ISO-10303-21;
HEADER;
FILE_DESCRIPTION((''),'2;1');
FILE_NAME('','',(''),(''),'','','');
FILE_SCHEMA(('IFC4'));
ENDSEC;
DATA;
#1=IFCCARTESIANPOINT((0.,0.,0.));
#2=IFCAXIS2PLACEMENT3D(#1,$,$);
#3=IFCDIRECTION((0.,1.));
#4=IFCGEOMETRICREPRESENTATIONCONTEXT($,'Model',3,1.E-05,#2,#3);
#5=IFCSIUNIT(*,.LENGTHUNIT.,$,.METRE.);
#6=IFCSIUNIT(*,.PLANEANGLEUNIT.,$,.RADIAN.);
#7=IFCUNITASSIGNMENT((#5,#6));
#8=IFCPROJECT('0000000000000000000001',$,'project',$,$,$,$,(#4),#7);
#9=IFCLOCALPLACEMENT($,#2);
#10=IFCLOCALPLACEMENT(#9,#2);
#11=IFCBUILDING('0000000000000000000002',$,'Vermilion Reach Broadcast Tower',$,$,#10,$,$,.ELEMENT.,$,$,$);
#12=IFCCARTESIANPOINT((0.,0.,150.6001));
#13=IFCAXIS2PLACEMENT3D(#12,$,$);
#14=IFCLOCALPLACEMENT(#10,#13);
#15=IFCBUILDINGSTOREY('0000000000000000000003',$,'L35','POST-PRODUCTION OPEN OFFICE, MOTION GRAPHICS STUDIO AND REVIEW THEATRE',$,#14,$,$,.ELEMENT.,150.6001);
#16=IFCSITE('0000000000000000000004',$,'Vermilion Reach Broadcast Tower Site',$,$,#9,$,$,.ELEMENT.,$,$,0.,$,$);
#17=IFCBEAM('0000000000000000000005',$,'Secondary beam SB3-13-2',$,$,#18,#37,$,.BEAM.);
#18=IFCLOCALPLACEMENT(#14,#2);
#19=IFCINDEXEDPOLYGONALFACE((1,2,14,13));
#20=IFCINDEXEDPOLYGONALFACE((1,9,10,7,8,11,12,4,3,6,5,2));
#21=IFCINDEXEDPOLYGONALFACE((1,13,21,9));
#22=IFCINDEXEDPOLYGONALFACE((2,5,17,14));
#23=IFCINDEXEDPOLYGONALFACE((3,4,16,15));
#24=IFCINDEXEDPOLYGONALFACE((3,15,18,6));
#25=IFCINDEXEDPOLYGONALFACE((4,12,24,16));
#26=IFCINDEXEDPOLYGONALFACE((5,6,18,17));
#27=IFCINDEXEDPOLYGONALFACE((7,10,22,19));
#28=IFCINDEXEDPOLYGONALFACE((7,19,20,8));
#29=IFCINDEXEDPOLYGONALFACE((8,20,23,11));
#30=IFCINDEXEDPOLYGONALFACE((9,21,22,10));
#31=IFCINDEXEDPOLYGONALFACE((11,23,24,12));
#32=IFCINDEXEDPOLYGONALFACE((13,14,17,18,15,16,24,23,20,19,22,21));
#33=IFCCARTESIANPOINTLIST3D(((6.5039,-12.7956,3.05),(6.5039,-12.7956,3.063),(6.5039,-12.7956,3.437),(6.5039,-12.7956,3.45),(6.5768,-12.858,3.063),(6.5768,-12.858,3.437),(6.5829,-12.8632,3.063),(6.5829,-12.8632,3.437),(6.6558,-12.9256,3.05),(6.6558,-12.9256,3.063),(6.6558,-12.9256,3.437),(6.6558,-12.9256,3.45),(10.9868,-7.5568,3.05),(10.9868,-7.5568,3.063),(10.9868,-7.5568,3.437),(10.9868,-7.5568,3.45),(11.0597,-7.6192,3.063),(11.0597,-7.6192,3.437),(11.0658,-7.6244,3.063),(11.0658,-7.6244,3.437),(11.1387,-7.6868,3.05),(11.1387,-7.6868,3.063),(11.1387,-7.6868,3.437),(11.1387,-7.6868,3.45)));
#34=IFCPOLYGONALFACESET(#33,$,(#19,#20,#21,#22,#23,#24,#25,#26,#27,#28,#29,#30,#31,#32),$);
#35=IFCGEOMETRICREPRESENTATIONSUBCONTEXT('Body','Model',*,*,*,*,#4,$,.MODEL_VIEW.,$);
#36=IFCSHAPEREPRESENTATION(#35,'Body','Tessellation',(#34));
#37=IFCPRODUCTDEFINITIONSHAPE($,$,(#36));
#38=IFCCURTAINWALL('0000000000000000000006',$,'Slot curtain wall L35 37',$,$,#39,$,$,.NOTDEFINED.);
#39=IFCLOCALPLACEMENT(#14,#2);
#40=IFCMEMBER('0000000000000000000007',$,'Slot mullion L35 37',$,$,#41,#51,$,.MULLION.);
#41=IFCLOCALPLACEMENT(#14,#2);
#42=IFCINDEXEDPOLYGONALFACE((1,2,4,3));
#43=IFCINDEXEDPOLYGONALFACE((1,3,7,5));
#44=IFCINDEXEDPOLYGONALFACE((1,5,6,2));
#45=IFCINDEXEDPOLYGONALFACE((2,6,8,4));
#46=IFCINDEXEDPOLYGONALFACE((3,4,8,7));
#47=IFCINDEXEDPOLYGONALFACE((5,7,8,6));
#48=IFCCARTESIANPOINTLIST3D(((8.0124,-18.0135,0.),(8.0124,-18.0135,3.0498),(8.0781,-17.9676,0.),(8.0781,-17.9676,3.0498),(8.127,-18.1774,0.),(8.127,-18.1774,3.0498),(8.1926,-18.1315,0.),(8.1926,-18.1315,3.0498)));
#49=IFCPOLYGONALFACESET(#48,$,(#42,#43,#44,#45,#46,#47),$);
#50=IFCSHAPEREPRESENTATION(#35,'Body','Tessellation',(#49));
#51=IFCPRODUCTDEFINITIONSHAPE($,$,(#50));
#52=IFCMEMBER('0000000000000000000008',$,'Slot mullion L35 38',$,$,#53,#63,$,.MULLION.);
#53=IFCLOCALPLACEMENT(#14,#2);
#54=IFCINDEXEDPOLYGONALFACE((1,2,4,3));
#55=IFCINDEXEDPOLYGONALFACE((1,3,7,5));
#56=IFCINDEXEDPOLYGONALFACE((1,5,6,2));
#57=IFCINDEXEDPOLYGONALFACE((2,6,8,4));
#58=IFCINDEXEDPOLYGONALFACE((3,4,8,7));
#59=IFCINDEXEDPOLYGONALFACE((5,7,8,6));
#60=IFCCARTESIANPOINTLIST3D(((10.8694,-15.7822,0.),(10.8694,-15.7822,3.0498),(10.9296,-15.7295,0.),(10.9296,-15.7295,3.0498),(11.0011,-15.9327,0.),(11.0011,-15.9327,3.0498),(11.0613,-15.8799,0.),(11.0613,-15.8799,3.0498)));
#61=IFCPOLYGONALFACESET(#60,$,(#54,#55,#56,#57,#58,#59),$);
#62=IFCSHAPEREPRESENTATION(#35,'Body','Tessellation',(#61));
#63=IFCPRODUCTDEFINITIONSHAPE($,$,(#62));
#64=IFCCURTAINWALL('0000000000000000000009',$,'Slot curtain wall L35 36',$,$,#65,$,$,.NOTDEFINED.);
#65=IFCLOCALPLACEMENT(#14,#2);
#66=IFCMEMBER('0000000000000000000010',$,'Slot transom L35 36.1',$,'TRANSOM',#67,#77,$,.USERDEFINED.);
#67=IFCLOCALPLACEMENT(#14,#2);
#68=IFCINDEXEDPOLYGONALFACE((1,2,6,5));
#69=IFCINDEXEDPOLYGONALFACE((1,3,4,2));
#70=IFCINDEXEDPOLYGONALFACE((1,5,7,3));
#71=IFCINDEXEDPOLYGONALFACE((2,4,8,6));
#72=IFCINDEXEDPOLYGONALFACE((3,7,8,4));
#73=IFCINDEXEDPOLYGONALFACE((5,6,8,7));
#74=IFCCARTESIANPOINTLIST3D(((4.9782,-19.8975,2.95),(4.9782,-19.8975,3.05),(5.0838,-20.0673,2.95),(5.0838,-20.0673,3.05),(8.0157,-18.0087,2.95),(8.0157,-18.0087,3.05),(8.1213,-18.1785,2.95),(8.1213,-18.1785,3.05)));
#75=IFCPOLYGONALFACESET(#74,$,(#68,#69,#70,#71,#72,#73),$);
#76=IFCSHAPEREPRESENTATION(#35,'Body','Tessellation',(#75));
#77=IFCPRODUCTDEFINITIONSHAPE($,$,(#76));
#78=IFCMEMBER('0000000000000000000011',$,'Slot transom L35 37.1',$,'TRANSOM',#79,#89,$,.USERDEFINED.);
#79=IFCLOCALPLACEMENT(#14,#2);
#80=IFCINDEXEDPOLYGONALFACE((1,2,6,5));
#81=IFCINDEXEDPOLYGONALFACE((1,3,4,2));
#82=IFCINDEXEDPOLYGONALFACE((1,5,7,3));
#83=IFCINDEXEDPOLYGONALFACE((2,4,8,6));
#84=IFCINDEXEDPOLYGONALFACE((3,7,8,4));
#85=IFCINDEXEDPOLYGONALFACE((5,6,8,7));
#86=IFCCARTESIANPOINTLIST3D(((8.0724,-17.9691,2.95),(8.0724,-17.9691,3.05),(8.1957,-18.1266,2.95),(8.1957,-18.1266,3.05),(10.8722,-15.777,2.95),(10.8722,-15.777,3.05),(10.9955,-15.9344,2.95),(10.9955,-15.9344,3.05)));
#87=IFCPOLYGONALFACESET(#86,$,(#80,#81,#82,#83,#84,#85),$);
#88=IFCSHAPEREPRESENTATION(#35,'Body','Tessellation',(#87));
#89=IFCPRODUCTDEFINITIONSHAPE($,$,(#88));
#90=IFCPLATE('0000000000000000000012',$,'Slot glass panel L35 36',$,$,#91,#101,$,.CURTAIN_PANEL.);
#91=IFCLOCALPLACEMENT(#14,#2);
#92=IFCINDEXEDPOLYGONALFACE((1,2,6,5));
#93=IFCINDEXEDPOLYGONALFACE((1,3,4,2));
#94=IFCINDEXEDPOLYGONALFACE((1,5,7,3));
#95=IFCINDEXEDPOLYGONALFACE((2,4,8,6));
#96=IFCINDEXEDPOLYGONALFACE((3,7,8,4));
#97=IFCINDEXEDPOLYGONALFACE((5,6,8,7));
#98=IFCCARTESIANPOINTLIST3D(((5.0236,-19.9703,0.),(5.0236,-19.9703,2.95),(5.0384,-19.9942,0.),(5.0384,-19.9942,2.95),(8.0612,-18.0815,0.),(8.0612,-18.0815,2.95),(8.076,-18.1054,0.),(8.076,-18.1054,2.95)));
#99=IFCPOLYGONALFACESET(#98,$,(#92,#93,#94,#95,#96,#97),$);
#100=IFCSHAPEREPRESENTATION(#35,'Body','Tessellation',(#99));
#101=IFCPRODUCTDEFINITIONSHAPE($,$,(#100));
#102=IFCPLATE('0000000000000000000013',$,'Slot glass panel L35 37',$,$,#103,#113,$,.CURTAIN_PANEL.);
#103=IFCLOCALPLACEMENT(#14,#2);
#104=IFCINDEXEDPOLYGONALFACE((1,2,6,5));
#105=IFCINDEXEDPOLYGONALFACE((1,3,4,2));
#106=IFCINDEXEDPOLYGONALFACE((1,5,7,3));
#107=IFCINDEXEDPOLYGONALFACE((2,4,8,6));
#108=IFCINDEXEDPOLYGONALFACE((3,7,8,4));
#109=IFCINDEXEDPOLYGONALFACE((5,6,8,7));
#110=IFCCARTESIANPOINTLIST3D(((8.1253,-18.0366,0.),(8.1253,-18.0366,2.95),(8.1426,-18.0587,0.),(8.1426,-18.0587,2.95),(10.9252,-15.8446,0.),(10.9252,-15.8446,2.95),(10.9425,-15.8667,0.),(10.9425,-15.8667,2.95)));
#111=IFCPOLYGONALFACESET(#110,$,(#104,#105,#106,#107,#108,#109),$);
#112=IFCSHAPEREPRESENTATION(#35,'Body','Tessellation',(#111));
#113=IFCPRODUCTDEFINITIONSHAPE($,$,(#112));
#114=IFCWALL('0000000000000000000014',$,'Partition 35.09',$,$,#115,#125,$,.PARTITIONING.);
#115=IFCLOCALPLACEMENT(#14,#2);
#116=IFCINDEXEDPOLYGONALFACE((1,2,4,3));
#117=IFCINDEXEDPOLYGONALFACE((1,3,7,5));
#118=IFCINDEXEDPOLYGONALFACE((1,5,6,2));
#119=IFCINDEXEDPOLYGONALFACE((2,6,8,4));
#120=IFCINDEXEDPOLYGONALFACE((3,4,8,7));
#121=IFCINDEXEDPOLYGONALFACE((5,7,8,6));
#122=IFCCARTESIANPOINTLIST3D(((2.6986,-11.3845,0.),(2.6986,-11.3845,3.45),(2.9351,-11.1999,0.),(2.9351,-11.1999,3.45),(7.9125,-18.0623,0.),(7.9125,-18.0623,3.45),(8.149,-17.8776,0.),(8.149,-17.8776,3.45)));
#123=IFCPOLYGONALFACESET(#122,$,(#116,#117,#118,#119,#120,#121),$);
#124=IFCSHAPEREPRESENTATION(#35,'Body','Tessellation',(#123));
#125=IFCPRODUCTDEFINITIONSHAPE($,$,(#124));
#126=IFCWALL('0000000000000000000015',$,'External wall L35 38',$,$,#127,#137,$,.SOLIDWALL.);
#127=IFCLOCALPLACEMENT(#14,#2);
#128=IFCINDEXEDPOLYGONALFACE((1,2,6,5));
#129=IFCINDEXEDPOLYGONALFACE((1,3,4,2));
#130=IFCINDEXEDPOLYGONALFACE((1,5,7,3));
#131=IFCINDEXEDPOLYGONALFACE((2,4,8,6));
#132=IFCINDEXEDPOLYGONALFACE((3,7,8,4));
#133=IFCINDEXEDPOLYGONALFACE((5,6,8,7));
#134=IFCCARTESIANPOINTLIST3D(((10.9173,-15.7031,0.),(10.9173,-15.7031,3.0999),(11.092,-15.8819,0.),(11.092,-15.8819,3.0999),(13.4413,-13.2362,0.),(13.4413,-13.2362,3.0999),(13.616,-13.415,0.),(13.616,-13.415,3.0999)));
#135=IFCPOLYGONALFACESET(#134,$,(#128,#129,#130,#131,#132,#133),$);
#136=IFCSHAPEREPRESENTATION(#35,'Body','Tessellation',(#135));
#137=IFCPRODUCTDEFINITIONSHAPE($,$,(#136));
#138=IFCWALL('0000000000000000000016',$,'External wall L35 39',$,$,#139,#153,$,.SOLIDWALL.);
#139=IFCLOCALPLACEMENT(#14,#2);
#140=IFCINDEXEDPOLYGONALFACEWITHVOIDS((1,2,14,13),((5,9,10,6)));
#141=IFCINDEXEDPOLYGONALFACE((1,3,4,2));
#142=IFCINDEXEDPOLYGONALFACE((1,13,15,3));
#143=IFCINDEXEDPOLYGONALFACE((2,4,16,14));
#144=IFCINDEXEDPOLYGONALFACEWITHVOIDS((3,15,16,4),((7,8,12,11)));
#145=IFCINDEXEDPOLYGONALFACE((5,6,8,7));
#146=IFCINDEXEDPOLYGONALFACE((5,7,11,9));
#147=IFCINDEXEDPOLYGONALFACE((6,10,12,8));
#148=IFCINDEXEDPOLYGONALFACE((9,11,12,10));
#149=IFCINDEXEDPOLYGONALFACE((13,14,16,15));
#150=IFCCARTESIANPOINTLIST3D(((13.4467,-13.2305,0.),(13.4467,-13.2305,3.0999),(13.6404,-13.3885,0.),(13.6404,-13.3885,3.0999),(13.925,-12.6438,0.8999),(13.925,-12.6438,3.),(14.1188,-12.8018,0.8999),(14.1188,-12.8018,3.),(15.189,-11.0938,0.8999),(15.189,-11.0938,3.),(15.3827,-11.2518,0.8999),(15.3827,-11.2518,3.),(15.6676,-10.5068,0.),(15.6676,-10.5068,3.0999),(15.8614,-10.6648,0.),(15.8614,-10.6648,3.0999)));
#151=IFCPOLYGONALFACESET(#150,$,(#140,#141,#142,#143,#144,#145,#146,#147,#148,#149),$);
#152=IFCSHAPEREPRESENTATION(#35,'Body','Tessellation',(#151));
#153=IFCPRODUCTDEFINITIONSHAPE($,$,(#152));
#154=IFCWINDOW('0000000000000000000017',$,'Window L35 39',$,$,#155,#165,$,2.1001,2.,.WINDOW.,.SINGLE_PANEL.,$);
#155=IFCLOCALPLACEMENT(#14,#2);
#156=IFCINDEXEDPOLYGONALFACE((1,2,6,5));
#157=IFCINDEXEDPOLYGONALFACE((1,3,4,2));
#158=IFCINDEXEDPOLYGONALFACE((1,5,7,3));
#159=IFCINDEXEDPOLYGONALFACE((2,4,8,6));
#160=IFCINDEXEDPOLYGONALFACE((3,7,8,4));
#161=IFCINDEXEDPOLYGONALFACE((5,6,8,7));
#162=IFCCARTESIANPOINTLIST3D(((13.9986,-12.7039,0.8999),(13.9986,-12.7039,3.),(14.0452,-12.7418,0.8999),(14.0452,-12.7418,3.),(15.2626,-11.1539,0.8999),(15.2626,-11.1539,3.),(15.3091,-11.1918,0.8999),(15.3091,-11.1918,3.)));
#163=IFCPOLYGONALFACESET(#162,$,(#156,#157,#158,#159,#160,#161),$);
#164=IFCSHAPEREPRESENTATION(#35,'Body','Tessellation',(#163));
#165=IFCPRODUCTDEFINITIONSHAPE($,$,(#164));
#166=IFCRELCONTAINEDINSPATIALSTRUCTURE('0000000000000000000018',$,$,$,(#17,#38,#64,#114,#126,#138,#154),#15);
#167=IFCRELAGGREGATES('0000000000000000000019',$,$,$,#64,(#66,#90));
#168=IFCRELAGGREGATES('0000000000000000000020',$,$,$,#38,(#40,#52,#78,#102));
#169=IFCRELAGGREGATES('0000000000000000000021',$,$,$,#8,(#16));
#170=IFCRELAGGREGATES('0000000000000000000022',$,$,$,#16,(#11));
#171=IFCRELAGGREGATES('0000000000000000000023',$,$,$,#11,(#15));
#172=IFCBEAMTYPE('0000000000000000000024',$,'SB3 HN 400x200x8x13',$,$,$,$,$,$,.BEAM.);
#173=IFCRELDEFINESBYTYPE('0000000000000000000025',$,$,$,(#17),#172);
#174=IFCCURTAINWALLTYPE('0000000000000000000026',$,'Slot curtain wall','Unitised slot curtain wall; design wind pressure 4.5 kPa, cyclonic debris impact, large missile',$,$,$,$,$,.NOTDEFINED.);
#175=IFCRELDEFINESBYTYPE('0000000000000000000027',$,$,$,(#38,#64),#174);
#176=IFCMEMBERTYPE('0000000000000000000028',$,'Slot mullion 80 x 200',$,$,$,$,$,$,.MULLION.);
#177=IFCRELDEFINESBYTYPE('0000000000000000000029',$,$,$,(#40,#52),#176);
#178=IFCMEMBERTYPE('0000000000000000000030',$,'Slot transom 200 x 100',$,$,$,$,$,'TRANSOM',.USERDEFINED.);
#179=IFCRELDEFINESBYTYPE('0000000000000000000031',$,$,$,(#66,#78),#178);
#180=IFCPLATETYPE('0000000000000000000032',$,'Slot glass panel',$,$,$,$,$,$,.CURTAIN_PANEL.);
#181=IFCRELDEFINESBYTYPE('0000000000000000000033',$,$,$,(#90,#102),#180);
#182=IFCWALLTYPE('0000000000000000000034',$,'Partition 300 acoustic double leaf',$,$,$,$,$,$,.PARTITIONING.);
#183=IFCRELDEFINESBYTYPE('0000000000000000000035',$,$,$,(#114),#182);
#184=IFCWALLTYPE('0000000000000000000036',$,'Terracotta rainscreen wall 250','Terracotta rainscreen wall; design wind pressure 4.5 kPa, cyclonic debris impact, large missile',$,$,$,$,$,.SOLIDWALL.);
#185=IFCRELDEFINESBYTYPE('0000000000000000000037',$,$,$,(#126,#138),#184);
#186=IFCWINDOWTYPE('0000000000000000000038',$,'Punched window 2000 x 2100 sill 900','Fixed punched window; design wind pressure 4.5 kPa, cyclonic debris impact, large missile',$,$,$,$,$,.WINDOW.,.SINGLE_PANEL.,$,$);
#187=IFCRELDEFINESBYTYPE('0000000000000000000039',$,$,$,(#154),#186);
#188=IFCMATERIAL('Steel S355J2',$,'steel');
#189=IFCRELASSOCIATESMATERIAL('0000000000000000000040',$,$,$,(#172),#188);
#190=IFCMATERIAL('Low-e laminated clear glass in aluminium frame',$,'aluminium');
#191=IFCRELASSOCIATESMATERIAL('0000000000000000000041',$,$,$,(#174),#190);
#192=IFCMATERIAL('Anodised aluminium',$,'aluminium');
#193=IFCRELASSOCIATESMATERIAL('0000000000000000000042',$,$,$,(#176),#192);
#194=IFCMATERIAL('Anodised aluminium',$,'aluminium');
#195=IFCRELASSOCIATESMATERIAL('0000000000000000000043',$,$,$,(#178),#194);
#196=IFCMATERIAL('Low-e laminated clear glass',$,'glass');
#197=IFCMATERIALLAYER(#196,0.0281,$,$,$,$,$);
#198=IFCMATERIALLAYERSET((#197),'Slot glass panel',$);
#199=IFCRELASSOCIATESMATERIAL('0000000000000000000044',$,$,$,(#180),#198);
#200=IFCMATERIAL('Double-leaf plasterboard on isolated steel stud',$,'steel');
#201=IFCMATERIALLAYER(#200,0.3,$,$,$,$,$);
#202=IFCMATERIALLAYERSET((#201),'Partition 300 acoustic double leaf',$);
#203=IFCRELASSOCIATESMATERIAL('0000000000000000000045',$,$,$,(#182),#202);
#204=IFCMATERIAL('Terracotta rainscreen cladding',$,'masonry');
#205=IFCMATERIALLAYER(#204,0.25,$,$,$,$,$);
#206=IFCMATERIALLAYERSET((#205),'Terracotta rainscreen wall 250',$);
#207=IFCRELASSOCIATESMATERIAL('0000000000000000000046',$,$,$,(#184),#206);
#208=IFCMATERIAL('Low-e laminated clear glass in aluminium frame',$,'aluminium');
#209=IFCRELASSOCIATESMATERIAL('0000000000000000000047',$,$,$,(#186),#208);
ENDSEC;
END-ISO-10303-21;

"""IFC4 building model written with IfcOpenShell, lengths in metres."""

from ifc_helpers import new_model, si_unit, direction, frame, frame_2d, origin, origin_2d, place, context, subcontext, project, spatial, rectangle, i_section, extrude, material, layer, layer_set, material_profile, profile_set, type_object, element, fill, aggregate, save


model = new_model("IFC4")

# Units and contexts
model_context = context("Model", 3, precision=1e-05, world=origin(), true_north=direction((0.0, 1.0)))
body_context = subcontext(model_context, "Body", "Model", "MODEL_VIEW")
ifc_project = project(units=[si_unit("LENGTHUNIT", "METRE"), si_unit("PLANEANGLEUNIT", "RADIAN")], contexts=[model_context])

# Site, building, storey
site_placement = place(None, origin())
site = spatial("IfcSite", under=ifc_project, at=site_placement, Name="Vermilion Reach Broadcast Tower Site", CompositionType="ELEMENT", RefElevation=0.0)
building_placement = place(site_placement, origin())
building = spatial("IfcBuilding", under=site, at=building_placement, Name="Vermilion Reach Broadcast Tower", CompositionType="ELEMENT")
storey_placement = place(building_placement, frame((0.0, 0.0, 150.6001)))
storey = spatial("IfcBuildingStorey", under=building, at=storey_placement, Name="L35", Description="POST-PRODUCTION OPEN OFFICE, MOTION GRAPHICS STUDIO AND REVIEW THEATRE", CompositionType="ELEMENT", Elevation=150.6001)

# Beam
ifc_material_1 = material(Name="Steel S355J2", Category="steel")
ifc_material_profile_1 = material_profile(ifc_material_1, i_section(OverallWidth=0.2, OverallDepth=0.3999, WebThickness=0.0081, FlangeThickness=0.0129, at=origin_2d()), Name="S355J2 HN 400x200x8x13")
ifc_profile_set_1 = profile_set([ifc_material_profile_1], Name="Steel S355J2")
beam_type_1 = type_object("IfcBeamType", Name="SB3 HN 400x200x8x13", PredefinedType="BEAM", material=ifc_profile_set_1)
beam_1_placement = place(storey_placement, frame((6.5798, -12.8606, 3.25), z_axis=(0.650167, 0.759791, 0.0), x_axis=(-0.759791, 0.650167, 0.0)))
element("IfcBeam", 1, at=beam_1_placement, inside=storey, type_object=beam_type_1, Name="Secondary beam SB3-13-2", PredefinedType="BEAM", context=body_context, shape_type="SweptSolid", body=[
    extrude(i_section(OverallWidth=0.2, OverallDepth=0.3999, WebThickness=0.0081, FlangeThickness=0.0129, at=origin_2d()), origin(), (0.0, 0.0, 1.0), 6.895),
])

# Curtain wall, members
ifc_material_2 = material(Name="Low-e laminated clear glass in aluminium frame", Category="aluminium")
curtain_wall_type = type_object("IfcCurtainWallType", Name="Slot curtain wall", Description="Unitised slot curtain wall; design wind pressure 4.5 kPa, cyclonic debris impact, large missile", PredefinedType="NOTDEFINED", material=ifc_material_2)
placement = place(storey_placement, origin())
curtain_wall_1 = element("IfcCurtainWall", 2, at=placement, inside=storey, type_object=curtain_wall_type, Name="Slot curtain wall L35 37", PredefinedType="NOTDEFINED")
ifc_material_3 = material(Name="Anodised aluminium", Category="aluminium")
ifc_material_profile_2 = material_profile(ifc_material_3, rectangle(XDim=0.2, YDim=0.0801, at=origin_2d()), Name="Slot mullion 80 x 200")
ifc_profile_set_2 = profile_set([ifc_material_profile_2], Name="Anodised aluminium")
member_type_1 = type_object("IfcMemberType", Name="Slot mullion 80 x 200", PredefinedType="MULLION", material=ifc_profile_set_2)
member_1_placement = place(storey_placement, frame((8.1025, -18.0725, 0.0), z_axis=(0.0, 0.0, 1.0), x_axis=(-0.573089, 0.819493, 0.0)))
member_1 = element("IfcMember", 3, at=member_1_placement, type_object=member_type_1, Name="Slot mullion L35 37", PredefinedType="MULLION", context=body_context, shape_type="SweptSolid", body=[
    extrude(rectangle(XDim=0.2, YDim=0.0801, at=origin_2d()), origin(), (0.0, 0.0, 1.0), 3.0498),
])
member_2_placement = place(storey_placement, frame((10.9653, -15.8311, 0.0), z_axis=(0.0, 0.0, 1.0), x_axis=(-0.658703, 0.752403, 0.0)))
member_2 = element("IfcMember", 4, at=member_2_placement, type_object=member_type_1, Name="Slot mullion L35 38", PredefinedType="MULLION", context=body_context, shape_type="SweptSolid", body=[
    extrude(rectangle(XDim=0.2, YDim=0.0801, at=origin_2d()), origin(), (0.0, 0.0, 1.0), 3.0498),
])

# Curtain wall, member
curtain_wall_2 = element("IfcCurtainWall", 5, at=placement, inside=storey, type_object=curtain_wall_type, Name="Slot curtain wall L35 36", PredefinedType="NOTDEFINED")
ifc_material_4 = material(Name="Anodised aluminium", Category="aluminium")
ifc_material_profile_3 = material_profile(ifc_material_4, rectangle(XDim=0.2, YDim=0.1001, at=origin_2d()), Name="Slot transom 200 x 100")
ifc_profile_set_3 = profile_set([ifc_material_profile_3], Name="Anodised aluminium")
member_type_2 = type_object("IfcMemberType", Name="Slot transom 200 x 100", ElementType="TRANSOM", PredefinedType="USERDEFINED", material=ifc_profile_set_3)
member_3_placement = place(storey_placement, frame((5.031, -19.9824, 3.0), z_axis=(0.8492, 0.528071, 0.0), x_axis=(-0.528071, 0.8492, 0.0)))
member_3 = element("IfcMember", 6, at=member_3_placement, type_object=member_type_2, Name="Slot transom L35 36.1", ObjectType="TRANSOM", PredefinedType="USERDEFINED", context=body_context, shape_type="SweptSolid", body=[
    extrude(rectangle(XDim=0.2, YDim=0.1001, at=origin_2d()), origin(), (0.0, 0.0, 1.0), 3.5769),
])

# Member
member_4_placement = place(storey_placement, frame((8.134, -18.0479, 3.0), z_axis=(0.78737, 0.61648, 0.0), x_axis=(-0.61648, 0.78737, 0.0)))
member_4 = element("IfcMember", 7, at=member_4_placement, type_object=member_type_2, Name="Slot transom L35 37.1", ObjectType="TRANSOM", PredefinedType="USERDEFINED", context=body_context, shape_type="SweptSolid", body=[
    extrude(rectangle(XDim=0.2, YDim=0.1001, at=origin_2d()), origin(), (0.0, 0.0, 1.0), 3.5559),
])

# Plates
ifc_material_5 = material(Name="Low-e laminated clear glass", Category="glass")
ifc_layer_1 = layer(ifc_material_5, 0.0281)
ifc_layer_set_1 = layer_set([ifc_layer_1], Name="Slot glass panel")
plate_type = type_object("IfcPlateType", Name="Slot glass panel", PredefinedType="CURTAIN_PANEL", material=ifc_layer_set_1)
plate_1_placement = place(storey_placement, frame((6.5498, -19.0378, 0.0), z_axis=(0.0, 0.0, 1.0), x_axis=(0.849208, 0.528058, 0.0)))
plate_1 = element("IfcPlate", 8, at=plate_1_placement, type_object=plate_type, Name="Slot glass panel L35 36", PredefinedType="CURTAIN_PANEL", context=body_context, shape_type="SweptSolid", body=[
    extrude(rectangle(XDim=3.5769, YDim=0.0281, at=origin_2d()), origin(), (0.0, 0.0, 1.0), 2.95),
])
aggregate(curtain_wall_2, [member_3, plate_1])
plate_2_placement = place(storey_placement, frame((9.5339, -16.9517, 0.0), z_axis=(0.0, 0.0, 1.0), x_axis=(0.787392, 0.616453, 0.0)))
plate_2 = element("IfcPlate", 9, at=plate_2_placement, type_object=plate_type, Name="Slot glass panel L35 37", PredefinedType="CURTAIN_PANEL", context=body_context, shape_type="SweptSolid", body=[
    extrude(rectangle(XDim=3.5559, YDim=0.0281, at=origin_2d()), origin(), (0.0, 0.0, 1.0), 2.95),
])
aggregate(curtain_wall_1, [member_1, member_2, member_4, plate_2])

# Walls
ifc_material_6 = material(Name="Double-leaf plasterboard on isolated steel stud", Category="steel")
ifc_layer_2 = layer(ifc_material_6, 0.3)
ifc_layer_set_2 = layer_set([ifc_layer_2], Name="Partition 300 acoustic double leaf")
wall_type_1 = type_object("IfcWallType", Name="Partition 300 acoustic double leaf", PredefinedType="PARTITIONING", material=ifc_layer_set_2)
wall_1_placement = place(storey_placement, frame((8.0308, -17.97, 0.0), z_axis=(0.0, 0.0, 1.0), x_axis=(-0.615416, 0.788203, 0.0)))
element("IfcWall", 10, at=wall_1_placement, inside=storey, type_object=wall_type_1, Name="Partition 35.09", PredefinedType="PARTITIONING", context=body_context, shape_type="SweptSolid", body=[
    extrude(rectangle(XDim=8.4722, YDim=0.3, at=frame_2d((4.2361, 0.0))), origin(), (0.0, 0.0, 1.0), 3.45),
])
ifc_material_7 = material(Name="Terracotta rainscreen cladding", Category="masonry")
ifc_layer_3 = layer(ifc_material_7, 0.25)
ifc_layer_set_3 = layer_set([ifc_layer_3], Name="Terracotta rainscreen wall 250")
wall_type_2 = type_object("IfcWallType", Name="Terracotta rainscreen wall 250", Description="Terracotta rainscreen wall; design wind pressure 4.5 kPa, cyclonic debris impact, large missile", PredefinedType="SOLIDWALL", material=ifc_layer_set_3)
wall_2_placement = place(storey_placement, frame((11.0046, -15.7925, 0.0), z_axis=(0.0, 0.0, 1.0), x_axis=(0.715154, 0.698967, 0.0)))
element("IfcWall", 11, at=wall_2_placement, inside=storey, type_object=wall_type_2, Name="External wall L35 38", PredefinedType="SOLIDWALL", context=body_context, shape_type="SweptSolid", body=[
    extrude(rectangle(XDim=3.5293, YDim=0.25, at=frame_2d((1.7646, 0.0))), origin(), (0.0, 0.0, 1.0), 3.0999),
])

# Wall, opening, window
wall_3_placement = place(storey_placement, frame((13.5435, -13.3096, 0.0), z_axis=(0.0, 0.0, 1.0), x_axis=(0.631962, 0.774999, 0.0)))
wall_3 = element("IfcWall", 12, at=wall_3_placement, inside=storey, type_object=wall_type_2, Name="External wall L35 39", PredefinedType="SOLIDWALL", context=body_context, shape_type="SweptSolid", body=[
    extrude(rectangle(XDim=3.5144, YDim=0.25, at=frame_2d((1.7573, 0.0))), origin(), (0.0, 0.0, 1.0), 3.0999),
])
opening_1_placement = place(wall_3_placement, frame((0.7571, 0.0, 0.8999)))
opening_1 = element("IfcOpeningElement", 13, at=opening_1_placement, cuts=wall_3, PredefinedType="OPENING", context=body_context, shape_type="SweptSolid", body=[
    extrude(rectangle(XDim=2.0, YDim=2.1001, at=frame_2d((1.0, 1.05))), frame((0.0, 0.135, 0.0), z_axis=(0.0, -1.0, 0.0), x_axis=(1.0, 0.0, 0.0)), (0.0, 0.0, 1.0), 0.27),
])
ifc_material_8 = material(Name="Low-e laminated clear glass in aluminium frame", Category="aluminium")
window_type = type_object("IfcWindowType", Name="Punched window 2000 x 2100 sill 900", Description="Fixed punched window; design wind pressure 4.5 kPa, cyclonic debris impact, large missile", PartitioningType="SINGLE_PANEL", PredefinedType="WINDOW", material=ifc_material_8)
window_placement = place(opening_1_placement, origin())
window = element("IfcWindow", 14, at=window_placement, inside=storey, type_object=window_type, Name="Window L35 39", OverallHeight=2.1001, OverallWidth=2.0, PartitioningType="SINGLE_PANEL", PredefinedType="WINDOW", context=body_context, shape_type="SweptSolid", body=[
    extrude(rectangle(XDim=2.0, YDim=2.1001, at=frame_2d((1.0, 1.05))), frame((0.0, 0.03, 0.0), z_axis=(0.0, -1.0, 0.0), x_axis=(1.0, 0.0, 0.0)), (0.0, 0.0, 1.0), 0.0601),
])
fill(opening_1, window)

save(model, "model.ifc")
